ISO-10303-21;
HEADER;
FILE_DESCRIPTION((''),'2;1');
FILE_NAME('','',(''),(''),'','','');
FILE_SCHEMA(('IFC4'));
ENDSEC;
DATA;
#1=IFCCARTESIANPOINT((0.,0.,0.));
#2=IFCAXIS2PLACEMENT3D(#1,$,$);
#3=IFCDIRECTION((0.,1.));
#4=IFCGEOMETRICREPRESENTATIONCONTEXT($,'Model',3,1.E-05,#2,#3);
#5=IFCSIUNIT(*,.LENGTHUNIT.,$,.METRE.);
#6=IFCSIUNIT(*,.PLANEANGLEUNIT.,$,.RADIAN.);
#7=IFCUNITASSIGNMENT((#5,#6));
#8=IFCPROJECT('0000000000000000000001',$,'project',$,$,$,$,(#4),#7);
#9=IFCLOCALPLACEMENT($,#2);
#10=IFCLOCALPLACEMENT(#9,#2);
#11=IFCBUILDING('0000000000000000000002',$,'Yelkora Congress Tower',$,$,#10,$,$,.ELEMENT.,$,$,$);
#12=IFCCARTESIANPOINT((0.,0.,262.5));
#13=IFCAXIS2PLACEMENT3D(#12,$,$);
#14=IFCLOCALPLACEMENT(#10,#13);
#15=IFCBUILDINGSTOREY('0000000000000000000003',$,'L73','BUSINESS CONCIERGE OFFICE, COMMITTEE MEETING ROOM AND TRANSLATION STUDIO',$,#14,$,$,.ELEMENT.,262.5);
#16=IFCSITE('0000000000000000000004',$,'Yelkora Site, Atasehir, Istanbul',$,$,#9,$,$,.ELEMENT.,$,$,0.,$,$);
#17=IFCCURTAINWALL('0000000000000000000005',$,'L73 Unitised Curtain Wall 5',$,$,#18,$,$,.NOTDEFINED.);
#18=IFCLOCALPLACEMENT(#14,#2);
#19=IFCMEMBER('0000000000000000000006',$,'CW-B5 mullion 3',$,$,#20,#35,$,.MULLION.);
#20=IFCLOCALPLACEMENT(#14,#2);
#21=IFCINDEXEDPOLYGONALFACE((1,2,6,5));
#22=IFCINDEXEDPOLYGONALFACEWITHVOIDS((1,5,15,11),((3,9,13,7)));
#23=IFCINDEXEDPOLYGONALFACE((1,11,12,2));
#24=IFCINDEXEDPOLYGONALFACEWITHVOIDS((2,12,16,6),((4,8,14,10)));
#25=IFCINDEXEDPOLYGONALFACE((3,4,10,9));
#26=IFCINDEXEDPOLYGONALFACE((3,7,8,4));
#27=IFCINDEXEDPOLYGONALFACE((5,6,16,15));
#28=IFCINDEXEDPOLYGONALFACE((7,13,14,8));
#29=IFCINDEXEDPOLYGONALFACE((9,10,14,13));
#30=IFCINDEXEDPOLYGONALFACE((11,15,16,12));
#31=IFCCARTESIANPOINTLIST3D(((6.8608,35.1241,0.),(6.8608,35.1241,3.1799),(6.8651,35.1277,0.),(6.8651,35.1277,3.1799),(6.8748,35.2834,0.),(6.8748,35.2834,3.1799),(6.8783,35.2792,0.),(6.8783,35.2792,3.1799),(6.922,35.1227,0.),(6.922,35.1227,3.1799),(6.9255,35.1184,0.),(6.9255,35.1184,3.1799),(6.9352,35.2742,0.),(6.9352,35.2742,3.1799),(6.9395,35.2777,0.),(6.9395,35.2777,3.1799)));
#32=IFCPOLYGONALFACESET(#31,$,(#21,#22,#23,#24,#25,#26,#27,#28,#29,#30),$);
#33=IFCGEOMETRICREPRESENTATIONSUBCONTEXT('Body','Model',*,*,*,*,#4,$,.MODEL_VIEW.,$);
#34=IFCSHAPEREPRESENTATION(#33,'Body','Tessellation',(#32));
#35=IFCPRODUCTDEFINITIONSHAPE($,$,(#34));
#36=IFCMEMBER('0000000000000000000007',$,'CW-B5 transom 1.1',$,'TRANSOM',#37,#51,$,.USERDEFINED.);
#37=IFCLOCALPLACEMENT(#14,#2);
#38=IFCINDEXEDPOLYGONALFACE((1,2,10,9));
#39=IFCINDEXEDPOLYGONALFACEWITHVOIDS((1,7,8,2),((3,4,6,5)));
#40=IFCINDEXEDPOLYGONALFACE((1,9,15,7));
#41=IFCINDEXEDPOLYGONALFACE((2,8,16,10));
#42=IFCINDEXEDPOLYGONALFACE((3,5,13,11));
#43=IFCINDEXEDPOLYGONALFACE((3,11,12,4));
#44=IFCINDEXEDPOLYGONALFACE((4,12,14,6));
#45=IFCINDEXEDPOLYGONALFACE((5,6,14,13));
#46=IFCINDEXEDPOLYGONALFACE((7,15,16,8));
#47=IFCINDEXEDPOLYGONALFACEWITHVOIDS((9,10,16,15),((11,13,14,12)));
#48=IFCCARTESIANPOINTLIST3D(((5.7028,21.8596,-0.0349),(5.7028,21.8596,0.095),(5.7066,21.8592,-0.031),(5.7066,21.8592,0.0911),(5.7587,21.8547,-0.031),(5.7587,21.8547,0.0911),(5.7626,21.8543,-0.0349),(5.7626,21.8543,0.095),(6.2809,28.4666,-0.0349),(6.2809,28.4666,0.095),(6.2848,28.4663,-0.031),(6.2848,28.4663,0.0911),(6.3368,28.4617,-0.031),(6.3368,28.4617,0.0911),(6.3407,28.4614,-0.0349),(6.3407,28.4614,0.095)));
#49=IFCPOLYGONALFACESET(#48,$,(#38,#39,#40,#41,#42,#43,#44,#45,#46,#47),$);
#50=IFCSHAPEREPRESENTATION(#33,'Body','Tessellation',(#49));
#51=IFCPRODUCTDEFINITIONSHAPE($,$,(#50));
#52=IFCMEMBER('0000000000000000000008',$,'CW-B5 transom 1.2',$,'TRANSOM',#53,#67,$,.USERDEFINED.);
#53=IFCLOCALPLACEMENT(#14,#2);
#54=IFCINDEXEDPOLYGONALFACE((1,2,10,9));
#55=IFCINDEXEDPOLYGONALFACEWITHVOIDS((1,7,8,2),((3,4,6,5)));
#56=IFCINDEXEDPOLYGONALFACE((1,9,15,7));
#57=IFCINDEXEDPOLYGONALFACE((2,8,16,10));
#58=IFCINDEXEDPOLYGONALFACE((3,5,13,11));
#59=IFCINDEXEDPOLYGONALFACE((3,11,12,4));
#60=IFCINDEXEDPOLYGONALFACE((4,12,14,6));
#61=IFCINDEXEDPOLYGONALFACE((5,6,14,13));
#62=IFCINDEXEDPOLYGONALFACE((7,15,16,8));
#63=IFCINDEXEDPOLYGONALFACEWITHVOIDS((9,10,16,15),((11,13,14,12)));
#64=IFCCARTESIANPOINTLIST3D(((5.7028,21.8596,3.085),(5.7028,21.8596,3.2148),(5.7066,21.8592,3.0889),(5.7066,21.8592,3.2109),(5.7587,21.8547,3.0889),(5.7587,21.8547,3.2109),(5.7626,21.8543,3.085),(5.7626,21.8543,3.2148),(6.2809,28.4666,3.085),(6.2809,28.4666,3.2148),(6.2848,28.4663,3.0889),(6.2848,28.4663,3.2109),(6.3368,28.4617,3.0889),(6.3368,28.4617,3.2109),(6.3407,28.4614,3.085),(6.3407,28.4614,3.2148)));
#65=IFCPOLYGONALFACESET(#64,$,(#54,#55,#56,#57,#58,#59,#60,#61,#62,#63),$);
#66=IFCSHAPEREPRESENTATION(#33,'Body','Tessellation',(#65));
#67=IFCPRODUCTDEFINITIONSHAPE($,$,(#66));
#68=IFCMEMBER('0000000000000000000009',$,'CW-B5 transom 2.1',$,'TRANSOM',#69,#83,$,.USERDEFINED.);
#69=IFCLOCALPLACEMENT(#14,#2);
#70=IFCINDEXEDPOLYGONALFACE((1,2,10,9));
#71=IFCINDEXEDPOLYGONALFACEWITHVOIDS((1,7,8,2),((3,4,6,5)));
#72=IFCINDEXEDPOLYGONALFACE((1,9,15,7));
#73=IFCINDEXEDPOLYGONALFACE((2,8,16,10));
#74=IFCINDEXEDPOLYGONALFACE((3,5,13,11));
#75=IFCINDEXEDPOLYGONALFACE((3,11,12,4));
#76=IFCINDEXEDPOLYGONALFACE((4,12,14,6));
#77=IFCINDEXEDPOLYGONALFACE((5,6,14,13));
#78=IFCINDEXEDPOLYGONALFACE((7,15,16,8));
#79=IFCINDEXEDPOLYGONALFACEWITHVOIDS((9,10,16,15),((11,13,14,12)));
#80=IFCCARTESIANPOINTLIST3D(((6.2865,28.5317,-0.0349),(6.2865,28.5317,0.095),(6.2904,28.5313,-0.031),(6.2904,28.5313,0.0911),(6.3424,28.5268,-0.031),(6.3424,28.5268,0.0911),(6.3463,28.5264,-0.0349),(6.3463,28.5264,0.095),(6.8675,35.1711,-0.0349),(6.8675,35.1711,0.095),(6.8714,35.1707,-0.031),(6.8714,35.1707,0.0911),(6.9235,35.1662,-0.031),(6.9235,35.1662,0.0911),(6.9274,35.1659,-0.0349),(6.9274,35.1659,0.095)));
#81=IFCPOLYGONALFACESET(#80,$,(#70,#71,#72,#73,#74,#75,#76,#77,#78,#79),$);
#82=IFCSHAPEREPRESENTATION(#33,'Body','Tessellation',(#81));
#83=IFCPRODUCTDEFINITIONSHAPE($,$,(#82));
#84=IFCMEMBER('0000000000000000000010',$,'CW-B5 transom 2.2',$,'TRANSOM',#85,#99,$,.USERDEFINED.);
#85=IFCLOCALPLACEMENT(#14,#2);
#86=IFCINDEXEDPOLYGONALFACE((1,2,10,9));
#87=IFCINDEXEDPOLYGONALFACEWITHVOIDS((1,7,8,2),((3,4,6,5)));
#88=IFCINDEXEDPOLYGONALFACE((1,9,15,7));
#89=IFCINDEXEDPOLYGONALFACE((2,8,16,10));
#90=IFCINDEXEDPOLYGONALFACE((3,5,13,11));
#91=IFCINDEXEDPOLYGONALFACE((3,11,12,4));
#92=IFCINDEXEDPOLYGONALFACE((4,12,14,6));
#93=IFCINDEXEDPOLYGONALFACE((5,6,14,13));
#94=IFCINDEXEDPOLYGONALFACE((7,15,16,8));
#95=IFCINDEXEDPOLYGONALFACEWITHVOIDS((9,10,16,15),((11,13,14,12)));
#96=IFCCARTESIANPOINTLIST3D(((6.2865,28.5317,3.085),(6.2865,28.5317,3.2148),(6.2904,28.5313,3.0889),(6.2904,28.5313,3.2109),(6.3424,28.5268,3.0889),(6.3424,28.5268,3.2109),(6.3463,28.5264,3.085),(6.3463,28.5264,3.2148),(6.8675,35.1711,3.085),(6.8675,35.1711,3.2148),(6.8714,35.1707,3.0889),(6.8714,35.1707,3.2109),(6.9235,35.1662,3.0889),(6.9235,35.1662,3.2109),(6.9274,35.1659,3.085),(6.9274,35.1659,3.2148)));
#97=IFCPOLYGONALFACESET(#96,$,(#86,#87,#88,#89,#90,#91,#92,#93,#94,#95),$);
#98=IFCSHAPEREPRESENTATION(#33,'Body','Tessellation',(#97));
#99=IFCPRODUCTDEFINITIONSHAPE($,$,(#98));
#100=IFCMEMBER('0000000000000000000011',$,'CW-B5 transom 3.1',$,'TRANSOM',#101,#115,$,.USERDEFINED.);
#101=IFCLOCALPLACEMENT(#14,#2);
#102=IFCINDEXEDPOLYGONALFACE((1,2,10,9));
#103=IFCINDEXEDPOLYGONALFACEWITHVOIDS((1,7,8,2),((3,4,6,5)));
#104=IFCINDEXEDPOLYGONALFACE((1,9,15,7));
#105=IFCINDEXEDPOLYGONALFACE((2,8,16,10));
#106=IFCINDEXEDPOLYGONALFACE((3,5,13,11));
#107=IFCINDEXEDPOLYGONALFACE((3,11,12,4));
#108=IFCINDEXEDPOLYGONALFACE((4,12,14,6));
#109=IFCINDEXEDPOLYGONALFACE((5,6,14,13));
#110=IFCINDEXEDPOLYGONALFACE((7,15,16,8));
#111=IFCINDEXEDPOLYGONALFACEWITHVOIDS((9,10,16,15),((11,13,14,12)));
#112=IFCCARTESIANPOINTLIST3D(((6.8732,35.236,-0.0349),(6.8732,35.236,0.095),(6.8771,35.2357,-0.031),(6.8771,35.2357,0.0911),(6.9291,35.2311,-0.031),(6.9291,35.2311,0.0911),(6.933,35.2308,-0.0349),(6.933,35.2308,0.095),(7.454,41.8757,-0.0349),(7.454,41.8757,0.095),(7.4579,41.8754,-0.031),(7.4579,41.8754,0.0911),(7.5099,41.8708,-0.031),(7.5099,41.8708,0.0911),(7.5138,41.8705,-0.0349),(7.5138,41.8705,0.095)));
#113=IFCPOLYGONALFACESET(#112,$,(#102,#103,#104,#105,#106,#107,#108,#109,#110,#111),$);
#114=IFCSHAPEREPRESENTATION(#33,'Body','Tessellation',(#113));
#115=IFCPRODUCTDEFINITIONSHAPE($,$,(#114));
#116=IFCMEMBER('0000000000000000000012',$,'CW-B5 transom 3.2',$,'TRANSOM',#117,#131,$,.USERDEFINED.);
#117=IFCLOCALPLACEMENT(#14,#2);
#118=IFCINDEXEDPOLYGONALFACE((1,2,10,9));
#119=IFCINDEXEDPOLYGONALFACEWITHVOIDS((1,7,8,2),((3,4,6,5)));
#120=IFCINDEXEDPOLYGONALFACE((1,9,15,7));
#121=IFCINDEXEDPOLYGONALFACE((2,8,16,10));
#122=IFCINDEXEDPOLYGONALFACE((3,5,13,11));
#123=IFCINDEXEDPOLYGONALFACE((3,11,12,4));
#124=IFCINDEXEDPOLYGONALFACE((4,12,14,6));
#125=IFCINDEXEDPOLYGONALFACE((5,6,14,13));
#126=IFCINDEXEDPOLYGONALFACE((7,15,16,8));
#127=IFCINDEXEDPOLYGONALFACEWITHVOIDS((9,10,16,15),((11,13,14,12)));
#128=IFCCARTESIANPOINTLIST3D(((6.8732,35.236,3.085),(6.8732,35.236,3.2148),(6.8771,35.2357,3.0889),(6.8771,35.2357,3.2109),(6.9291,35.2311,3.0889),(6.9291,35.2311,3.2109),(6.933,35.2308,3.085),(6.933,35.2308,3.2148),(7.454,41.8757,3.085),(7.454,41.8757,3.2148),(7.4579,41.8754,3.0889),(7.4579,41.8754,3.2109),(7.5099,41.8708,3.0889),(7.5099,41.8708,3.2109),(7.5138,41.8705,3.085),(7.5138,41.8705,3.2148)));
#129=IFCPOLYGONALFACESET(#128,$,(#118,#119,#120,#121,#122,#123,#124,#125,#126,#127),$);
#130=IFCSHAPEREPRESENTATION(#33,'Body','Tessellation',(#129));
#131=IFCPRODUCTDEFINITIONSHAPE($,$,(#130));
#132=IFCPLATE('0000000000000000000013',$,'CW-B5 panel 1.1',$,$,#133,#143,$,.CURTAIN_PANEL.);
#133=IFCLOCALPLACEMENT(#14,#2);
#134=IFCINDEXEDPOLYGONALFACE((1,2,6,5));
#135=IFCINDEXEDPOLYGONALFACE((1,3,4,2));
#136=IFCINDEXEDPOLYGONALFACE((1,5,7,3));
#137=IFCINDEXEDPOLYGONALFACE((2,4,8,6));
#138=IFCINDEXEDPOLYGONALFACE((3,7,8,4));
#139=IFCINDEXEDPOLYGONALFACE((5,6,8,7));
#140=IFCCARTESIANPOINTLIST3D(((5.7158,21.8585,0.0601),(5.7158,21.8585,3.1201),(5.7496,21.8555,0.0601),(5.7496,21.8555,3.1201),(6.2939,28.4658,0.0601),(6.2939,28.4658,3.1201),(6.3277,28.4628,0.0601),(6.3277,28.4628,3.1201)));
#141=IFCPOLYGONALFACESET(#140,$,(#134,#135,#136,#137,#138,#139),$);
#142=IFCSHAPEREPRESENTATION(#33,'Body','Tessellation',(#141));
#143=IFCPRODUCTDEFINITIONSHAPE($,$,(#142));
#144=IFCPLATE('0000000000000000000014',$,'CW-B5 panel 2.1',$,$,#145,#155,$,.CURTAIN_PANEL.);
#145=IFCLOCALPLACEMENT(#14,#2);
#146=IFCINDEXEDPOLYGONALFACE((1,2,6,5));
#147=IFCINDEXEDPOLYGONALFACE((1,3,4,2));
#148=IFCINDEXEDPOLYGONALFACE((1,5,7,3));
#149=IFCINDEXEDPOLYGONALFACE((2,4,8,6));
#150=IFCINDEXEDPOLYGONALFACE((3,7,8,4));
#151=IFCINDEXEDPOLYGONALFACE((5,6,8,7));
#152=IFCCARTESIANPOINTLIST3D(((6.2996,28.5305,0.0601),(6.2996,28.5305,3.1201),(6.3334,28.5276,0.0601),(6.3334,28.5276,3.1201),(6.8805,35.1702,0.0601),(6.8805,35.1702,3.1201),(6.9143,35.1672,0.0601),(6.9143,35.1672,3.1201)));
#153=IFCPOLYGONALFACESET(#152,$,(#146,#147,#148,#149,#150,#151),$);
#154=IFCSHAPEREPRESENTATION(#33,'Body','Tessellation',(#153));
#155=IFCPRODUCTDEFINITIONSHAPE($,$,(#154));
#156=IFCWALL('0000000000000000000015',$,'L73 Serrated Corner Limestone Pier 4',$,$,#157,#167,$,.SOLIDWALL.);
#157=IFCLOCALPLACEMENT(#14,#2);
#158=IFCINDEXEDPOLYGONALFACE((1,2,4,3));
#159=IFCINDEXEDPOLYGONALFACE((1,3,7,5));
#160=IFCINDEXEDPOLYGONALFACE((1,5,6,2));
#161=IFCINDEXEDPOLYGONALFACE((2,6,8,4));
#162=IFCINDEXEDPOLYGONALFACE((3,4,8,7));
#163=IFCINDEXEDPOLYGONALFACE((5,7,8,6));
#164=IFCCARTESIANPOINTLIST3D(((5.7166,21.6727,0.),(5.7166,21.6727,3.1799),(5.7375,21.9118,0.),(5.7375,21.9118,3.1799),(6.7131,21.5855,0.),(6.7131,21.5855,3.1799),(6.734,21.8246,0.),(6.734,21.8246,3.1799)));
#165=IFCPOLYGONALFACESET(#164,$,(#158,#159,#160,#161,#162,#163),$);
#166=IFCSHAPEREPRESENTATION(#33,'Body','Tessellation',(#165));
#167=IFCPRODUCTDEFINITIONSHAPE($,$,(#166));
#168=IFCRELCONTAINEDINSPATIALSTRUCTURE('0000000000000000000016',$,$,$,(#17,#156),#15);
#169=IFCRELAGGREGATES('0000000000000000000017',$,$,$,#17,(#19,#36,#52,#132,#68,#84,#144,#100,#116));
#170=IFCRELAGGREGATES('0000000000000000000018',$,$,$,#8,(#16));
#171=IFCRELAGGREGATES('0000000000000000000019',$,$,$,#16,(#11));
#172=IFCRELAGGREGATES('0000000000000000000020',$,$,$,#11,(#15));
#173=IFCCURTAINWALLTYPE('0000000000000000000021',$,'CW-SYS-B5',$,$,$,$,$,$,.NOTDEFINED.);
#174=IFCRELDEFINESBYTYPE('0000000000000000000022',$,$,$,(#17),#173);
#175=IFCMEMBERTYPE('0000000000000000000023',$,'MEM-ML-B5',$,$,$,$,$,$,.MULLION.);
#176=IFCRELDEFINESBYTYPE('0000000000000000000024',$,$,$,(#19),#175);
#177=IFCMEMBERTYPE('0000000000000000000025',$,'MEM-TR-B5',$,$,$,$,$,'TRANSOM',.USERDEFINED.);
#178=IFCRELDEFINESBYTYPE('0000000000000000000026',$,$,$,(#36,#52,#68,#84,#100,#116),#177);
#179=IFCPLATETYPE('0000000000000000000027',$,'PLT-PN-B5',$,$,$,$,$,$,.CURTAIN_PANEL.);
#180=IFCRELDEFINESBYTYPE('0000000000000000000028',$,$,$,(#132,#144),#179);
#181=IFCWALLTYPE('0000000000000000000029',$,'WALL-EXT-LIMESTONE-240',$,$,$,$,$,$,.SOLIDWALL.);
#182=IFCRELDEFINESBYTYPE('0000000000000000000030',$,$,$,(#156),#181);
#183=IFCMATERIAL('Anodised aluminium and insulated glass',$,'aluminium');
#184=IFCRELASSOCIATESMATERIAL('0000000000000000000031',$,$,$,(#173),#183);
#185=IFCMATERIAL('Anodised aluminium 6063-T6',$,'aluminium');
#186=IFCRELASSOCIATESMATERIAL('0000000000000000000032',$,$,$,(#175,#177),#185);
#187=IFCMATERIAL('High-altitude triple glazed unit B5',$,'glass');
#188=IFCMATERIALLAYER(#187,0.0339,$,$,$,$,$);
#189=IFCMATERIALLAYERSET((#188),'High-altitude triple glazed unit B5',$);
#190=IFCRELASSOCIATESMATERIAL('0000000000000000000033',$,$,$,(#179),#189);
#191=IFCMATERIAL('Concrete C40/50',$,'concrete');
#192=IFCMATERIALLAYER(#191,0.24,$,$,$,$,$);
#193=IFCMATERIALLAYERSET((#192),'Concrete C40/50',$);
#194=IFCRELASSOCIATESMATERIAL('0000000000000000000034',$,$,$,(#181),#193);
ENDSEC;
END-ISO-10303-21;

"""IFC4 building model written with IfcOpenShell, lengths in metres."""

from ifc_helpers import new_model, si_unit, direction, frame, frame_2d, origin, origin_2d, place, context, subcontext, project, spatial, rectangle, hollow_rectangle, extrude, material, layer, layer_set, material_profile, profile_set, type_object, element, aggregate, save


model = new_model("IFC4")

# Units and contexts
model_context = context("Model", 3, precision=1e-05, world=origin(), true_north=direction((0.0, 1.0)))
body_context = subcontext(model_context, "Body", "Model", "MODEL_VIEW")
ifc_project = project(units=[si_unit("LENGTHUNIT", "METRE"), si_unit("PLANEANGLEUNIT", "RADIAN")], contexts=[model_context])

# Site, building, storey
site_placement = place(None, origin())
site = spatial("IfcSite", under=ifc_project, at=site_placement, Name="Yelkora Site, Atasehir, Istanbul", CompositionType="ELEMENT", RefElevation=0.0)
building_placement = place(site_placement, origin())
building = spatial("IfcBuilding", under=site, at=building_placement, Name="Yelkora Congress Tower", CompositionType="ELEMENT")
storey_placement = place(building_placement, frame((0.0, 0.0, 262.5)))
storey = spatial("IfcBuildingStorey", under=building, at=storey_placement, Name="L73", Description="BUSINESS CONCIERGE OFFICE, COMMITTEE MEETING ROOM AND TRANSLATION STUDIO", CompositionType="ELEMENT", Elevation=262.5)

# Curtain wall, members, plates
ifc_material_1 = material(Name="Anodised aluminium and insulated glass", Category="aluminium")
curtain_wall_type = type_object("IfcCurtainWallType", Name="CW-SYS-B5", PredefinedType="NOTDEFINED", material=ifc_material_1)
curtain_wall_placement = place(storey_placement, origin())
curtain_wall = element("IfcCurtainWall", 1, at=curtain_wall_placement, inside=storey, type_object=curtain_wall_type, Name="L73 Unitised Curtain Wall 5", PredefinedType="NOTDEFINED")
ifc_material_2 = material(Name="Anodised aluminium 6063-T6", Category="aluminium")
ifc_material_profile_1 = material_profile(ifc_material_2, hollow_rectangle(XDim=0.0649, YDim=0.1599, WallThickness=0.0039, at=origin_2d()), Name="ALU 65x160x4")
ifc_profile_set_1 = profile_set([ifc_material_profile_1], Name="Anodised aluminium 6063-T6")
member_type_1 = type_object("IfcMemberType", Name="MEM-ML-B5", PredefinedType="MULLION", material=ifc_profile_set_1)
member_1_placement = place(storey_placement, frame((6.9001, 35.2009, 0.0), z_axis=(0.0, 0.0, 1.0), x_axis=(-0.996195, 0.087155, 0.0)))
member_1 = element("IfcMember", 2, at=member_1_placement, type_object=member_type_1, Name="CW-B5 mullion 3", PredefinedType="MULLION", context=body_context, shape_type="SweptSolid", body=[
    extrude(hollow_rectangle(XDim=0.0649, YDim=0.1599, WallThickness=0.0039, at=origin_2d()), origin(), (0.0, 0.0, 1.0), 3.1799),
])
ifc_material_profile_2 = material_profile(ifc_material_2, hollow_rectangle(XDim=0.0601, YDim=0.1299, WallThickness=0.0039, at=origin_2d()), Name="ALU 60x130x4")
ifc_profile_set_2 = profile_set([ifc_material_profile_2], Name="Anodised aluminium 6063-T6")
member_type_2 = type_object("IfcMemberType", Name="MEM-TR-B5", ElementType="TRANSOM", PredefinedType="USERDEFINED", material=ifc_profile_set_2)
member_2_placement = place(storey_placement, frame((5.7327, 21.8569, 0.03), z_axis=(0.087166, 0.996194, 0.0), x_axis=(-0.996194, 0.087166, 0.0)))
member_2 = element("IfcMember", 3, at=member_2_placement, type_object=member_type_2, Name="CW-B5 transom 1.1", ObjectType="TRANSOM", PredefinedType="USERDEFINED", context=body_context, shape_type="SweptSolid", body=[
    extrude(hollow_rectangle(XDim=0.0601, YDim=0.1299, WallThickness=0.0039, at=origin_2d()), origin(), (0.0, 0.0, 1.0), 6.6323),
])
member_3_placement = place(storey_placement, frame((5.7327, 21.8569, 3.1499), z_axis=(0.087166, 0.996194, 0.0), x_axis=(-0.996194, 0.087166, 0.0)))
member_3 = element("IfcMember", 4, at=member_3_placement, type_object=member_type_2, Name="CW-B5 transom 1.2", ObjectType="TRANSOM", PredefinedType="USERDEFINED", context=body_context, shape_type="SweptSolid", body=[
    extrude(hollow_rectangle(XDim=0.0601, YDim=0.1299, WallThickness=0.0039, at=origin_2d()), origin(), (0.0, 0.0, 1.0), 6.6323),
])
member_4_placement = place(storey_placement, frame((6.3164, 28.5291, 0.03), z_axis=(0.087183, 0.996192, 0.0), x_axis=(-0.996192, 0.087183, 0.0)))
member_4 = element("IfcMember", 5, at=member_4_placement, type_object=member_type_2, Name="CW-B5 transom 2.1", ObjectType="TRANSOM", PredefinedType="USERDEFINED", context=body_context, shape_type="SweptSolid", body=[
    extrude(hollow_rectangle(XDim=0.0601, YDim=0.1299, WallThickness=0.0039, at=origin_2d()), origin(), (0.0, 0.0, 1.0), 6.6648),
])
member_5_placement = place(storey_placement, frame((6.3164, 28.5291, 3.1499), z_axis=(0.087183, 0.996192, 0.0), x_axis=(-0.996192, 0.087183, 0.0)))
member_5 = element("IfcMember", 6, at=member_5_placement, type_object=member_type_2, Name="CW-B5 transom 2.2", ObjectType="TRANSOM", PredefinedType="USERDEFINED", context=body_context, shape_type="SweptSolid", body=[
    extrude(hollow_rectangle(XDim=0.0601, YDim=0.1299, WallThickness=0.0039, at=origin_2d()), origin(), (0.0, 0.0, 1.0), 6.6648),
])
member_6_placement = place(storey_placement, frame((6.9031, 35.2334, 0.03), z_axis=(0.087143, 0.996196, 0.0), x_axis=(-0.996196, 0.087143, 0.0)))
member_6 = element("IfcMember", 7, at=member_6_placement, type_object=member_type_2, Name="CW-B5 transom 3.1", ObjectType="TRANSOM", PredefinedType="USERDEFINED", context=body_context, shape_type="SweptSolid", body=[
    extrude(hollow_rectangle(XDim=0.0601, YDim=0.1299, WallThickness=0.0039, at=origin_2d()), origin(), (0.0, 0.0, 1.0), 6.665),
])
member_7_placement = place(storey_placement, frame((6.9031, 35.2334, 3.1499), z_axis=(0.087143, 0.996196, 0.0), x_axis=(-0.996196, 0.087143, 0.0)))
member_7 = element("IfcMember", 8, at=member_7_placement, type_object=member_type_2, Name="CW-B5 transom 3.2", ObjectType="TRANSOM", PredefinedType="USERDEFINED", context=body_context, shape_type="SweptSolid", body=[
    extrude(hollow_rectangle(XDim=0.0601, YDim=0.1299, WallThickness=0.0039, at=origin_2d()), origin(), (0.0, 0.0, 1.0), 6.665),
])
ifc_material_3 = material(Name="High-altitude triple glazed unit B5", Category="glass")
ifc_layer_1 = layer(ifc_material_3, 0.0339)
ifc_layer_set_1 = layer_set([ifc_layer_1], Name="High-altitude triple glazed unit B5")
plate_type = type_object("IfcPlateType", Name="PLT-PN-B5", PredefinedType="CURTAIN_PANEL", material=ifc_layer_set_1)
plate_1_placement = place(storey_placement, frame((6.0217, 25.1606, 0.0601), z_axis=(0.0, 0.0, 1.0), x_axis=(0.087155, 0.996195, 0.0)))
plate_1 = element("IfcPlate", 9, at=plate_1_placement, type_object=plate_type, Name="CW-B5 panel 1.1", PredefinedType="CURTAIN_PANEL", context=body_context, shape_type="SweptSolid", body=[
    extrude(rectangle(XDim=6.6326, YDim=0.0339, at=origin_2d()), origin(), (0.0, 0.0, 1.0), 3.0601),
])
plate_2_placement = place(storey_placement, frame((6.6069, 31.8489, 0.0601), z_axis=(0.0, 0.0, 1.0), x_axis=(0.087155, 0.996195, 0.0)))
plate_2 = element("IfcPlate", 10, at=plate_2_placement, type_object=plate_type, Name="CW-B5 panel 2.1", PredefinedType="CURTAIN_PANEL", context=body_context, shape_type="SweptSolid", body=[
    extrude(rectangle(XDim=6.665, YDim=0.0339, at=origin_2d()), origin(), (0.0, 0.0, 1.0), 3.0601),
])
aggregate(curtain_wall, [member_1, member_2, member_3, plate_1, member_4, member_5, plate_2, member_6, member_7])

# Wall
ifc_material_4 = material(Name="Concrete C40/50", Category="concrete")
ifc_layer_2 = layer(ifc_material_4, 0.24)
ifc_layer_set_2 = layer_set([ifc_layer_2], Name="Concrete C40/50")
wall_type_1 = type_object("IfcWallType", Name="WALL-EXT-LIMESTONE-240", PredefinedType="SOLIDWALL", material=ifc_layer_set_2)
wall_1_placement = place(storey_placement, frame((6.7234, 21.7051, 0.0), z_axis=(0.0, 0.0, 1.0), x_axis=(-0.996196, 0.087146, 0.0)))
element("IfcWall", 11, at=wall_1_placement, inside=storey, type_object=wall_type_1, Name="L73 Serrated Corner Limestone Pier 4", PredefinedType="SOLIDWALL", context=body_context, shape_type="SweptSolid", body=[
    extrude(rectangle(XDim=1.0002, YDim=0.24, at=frame_2d((0.5, 0.0))), origin(), (0.0, 0.0, 1.0), 3.1799),
])

save(model, "model.ifc")
